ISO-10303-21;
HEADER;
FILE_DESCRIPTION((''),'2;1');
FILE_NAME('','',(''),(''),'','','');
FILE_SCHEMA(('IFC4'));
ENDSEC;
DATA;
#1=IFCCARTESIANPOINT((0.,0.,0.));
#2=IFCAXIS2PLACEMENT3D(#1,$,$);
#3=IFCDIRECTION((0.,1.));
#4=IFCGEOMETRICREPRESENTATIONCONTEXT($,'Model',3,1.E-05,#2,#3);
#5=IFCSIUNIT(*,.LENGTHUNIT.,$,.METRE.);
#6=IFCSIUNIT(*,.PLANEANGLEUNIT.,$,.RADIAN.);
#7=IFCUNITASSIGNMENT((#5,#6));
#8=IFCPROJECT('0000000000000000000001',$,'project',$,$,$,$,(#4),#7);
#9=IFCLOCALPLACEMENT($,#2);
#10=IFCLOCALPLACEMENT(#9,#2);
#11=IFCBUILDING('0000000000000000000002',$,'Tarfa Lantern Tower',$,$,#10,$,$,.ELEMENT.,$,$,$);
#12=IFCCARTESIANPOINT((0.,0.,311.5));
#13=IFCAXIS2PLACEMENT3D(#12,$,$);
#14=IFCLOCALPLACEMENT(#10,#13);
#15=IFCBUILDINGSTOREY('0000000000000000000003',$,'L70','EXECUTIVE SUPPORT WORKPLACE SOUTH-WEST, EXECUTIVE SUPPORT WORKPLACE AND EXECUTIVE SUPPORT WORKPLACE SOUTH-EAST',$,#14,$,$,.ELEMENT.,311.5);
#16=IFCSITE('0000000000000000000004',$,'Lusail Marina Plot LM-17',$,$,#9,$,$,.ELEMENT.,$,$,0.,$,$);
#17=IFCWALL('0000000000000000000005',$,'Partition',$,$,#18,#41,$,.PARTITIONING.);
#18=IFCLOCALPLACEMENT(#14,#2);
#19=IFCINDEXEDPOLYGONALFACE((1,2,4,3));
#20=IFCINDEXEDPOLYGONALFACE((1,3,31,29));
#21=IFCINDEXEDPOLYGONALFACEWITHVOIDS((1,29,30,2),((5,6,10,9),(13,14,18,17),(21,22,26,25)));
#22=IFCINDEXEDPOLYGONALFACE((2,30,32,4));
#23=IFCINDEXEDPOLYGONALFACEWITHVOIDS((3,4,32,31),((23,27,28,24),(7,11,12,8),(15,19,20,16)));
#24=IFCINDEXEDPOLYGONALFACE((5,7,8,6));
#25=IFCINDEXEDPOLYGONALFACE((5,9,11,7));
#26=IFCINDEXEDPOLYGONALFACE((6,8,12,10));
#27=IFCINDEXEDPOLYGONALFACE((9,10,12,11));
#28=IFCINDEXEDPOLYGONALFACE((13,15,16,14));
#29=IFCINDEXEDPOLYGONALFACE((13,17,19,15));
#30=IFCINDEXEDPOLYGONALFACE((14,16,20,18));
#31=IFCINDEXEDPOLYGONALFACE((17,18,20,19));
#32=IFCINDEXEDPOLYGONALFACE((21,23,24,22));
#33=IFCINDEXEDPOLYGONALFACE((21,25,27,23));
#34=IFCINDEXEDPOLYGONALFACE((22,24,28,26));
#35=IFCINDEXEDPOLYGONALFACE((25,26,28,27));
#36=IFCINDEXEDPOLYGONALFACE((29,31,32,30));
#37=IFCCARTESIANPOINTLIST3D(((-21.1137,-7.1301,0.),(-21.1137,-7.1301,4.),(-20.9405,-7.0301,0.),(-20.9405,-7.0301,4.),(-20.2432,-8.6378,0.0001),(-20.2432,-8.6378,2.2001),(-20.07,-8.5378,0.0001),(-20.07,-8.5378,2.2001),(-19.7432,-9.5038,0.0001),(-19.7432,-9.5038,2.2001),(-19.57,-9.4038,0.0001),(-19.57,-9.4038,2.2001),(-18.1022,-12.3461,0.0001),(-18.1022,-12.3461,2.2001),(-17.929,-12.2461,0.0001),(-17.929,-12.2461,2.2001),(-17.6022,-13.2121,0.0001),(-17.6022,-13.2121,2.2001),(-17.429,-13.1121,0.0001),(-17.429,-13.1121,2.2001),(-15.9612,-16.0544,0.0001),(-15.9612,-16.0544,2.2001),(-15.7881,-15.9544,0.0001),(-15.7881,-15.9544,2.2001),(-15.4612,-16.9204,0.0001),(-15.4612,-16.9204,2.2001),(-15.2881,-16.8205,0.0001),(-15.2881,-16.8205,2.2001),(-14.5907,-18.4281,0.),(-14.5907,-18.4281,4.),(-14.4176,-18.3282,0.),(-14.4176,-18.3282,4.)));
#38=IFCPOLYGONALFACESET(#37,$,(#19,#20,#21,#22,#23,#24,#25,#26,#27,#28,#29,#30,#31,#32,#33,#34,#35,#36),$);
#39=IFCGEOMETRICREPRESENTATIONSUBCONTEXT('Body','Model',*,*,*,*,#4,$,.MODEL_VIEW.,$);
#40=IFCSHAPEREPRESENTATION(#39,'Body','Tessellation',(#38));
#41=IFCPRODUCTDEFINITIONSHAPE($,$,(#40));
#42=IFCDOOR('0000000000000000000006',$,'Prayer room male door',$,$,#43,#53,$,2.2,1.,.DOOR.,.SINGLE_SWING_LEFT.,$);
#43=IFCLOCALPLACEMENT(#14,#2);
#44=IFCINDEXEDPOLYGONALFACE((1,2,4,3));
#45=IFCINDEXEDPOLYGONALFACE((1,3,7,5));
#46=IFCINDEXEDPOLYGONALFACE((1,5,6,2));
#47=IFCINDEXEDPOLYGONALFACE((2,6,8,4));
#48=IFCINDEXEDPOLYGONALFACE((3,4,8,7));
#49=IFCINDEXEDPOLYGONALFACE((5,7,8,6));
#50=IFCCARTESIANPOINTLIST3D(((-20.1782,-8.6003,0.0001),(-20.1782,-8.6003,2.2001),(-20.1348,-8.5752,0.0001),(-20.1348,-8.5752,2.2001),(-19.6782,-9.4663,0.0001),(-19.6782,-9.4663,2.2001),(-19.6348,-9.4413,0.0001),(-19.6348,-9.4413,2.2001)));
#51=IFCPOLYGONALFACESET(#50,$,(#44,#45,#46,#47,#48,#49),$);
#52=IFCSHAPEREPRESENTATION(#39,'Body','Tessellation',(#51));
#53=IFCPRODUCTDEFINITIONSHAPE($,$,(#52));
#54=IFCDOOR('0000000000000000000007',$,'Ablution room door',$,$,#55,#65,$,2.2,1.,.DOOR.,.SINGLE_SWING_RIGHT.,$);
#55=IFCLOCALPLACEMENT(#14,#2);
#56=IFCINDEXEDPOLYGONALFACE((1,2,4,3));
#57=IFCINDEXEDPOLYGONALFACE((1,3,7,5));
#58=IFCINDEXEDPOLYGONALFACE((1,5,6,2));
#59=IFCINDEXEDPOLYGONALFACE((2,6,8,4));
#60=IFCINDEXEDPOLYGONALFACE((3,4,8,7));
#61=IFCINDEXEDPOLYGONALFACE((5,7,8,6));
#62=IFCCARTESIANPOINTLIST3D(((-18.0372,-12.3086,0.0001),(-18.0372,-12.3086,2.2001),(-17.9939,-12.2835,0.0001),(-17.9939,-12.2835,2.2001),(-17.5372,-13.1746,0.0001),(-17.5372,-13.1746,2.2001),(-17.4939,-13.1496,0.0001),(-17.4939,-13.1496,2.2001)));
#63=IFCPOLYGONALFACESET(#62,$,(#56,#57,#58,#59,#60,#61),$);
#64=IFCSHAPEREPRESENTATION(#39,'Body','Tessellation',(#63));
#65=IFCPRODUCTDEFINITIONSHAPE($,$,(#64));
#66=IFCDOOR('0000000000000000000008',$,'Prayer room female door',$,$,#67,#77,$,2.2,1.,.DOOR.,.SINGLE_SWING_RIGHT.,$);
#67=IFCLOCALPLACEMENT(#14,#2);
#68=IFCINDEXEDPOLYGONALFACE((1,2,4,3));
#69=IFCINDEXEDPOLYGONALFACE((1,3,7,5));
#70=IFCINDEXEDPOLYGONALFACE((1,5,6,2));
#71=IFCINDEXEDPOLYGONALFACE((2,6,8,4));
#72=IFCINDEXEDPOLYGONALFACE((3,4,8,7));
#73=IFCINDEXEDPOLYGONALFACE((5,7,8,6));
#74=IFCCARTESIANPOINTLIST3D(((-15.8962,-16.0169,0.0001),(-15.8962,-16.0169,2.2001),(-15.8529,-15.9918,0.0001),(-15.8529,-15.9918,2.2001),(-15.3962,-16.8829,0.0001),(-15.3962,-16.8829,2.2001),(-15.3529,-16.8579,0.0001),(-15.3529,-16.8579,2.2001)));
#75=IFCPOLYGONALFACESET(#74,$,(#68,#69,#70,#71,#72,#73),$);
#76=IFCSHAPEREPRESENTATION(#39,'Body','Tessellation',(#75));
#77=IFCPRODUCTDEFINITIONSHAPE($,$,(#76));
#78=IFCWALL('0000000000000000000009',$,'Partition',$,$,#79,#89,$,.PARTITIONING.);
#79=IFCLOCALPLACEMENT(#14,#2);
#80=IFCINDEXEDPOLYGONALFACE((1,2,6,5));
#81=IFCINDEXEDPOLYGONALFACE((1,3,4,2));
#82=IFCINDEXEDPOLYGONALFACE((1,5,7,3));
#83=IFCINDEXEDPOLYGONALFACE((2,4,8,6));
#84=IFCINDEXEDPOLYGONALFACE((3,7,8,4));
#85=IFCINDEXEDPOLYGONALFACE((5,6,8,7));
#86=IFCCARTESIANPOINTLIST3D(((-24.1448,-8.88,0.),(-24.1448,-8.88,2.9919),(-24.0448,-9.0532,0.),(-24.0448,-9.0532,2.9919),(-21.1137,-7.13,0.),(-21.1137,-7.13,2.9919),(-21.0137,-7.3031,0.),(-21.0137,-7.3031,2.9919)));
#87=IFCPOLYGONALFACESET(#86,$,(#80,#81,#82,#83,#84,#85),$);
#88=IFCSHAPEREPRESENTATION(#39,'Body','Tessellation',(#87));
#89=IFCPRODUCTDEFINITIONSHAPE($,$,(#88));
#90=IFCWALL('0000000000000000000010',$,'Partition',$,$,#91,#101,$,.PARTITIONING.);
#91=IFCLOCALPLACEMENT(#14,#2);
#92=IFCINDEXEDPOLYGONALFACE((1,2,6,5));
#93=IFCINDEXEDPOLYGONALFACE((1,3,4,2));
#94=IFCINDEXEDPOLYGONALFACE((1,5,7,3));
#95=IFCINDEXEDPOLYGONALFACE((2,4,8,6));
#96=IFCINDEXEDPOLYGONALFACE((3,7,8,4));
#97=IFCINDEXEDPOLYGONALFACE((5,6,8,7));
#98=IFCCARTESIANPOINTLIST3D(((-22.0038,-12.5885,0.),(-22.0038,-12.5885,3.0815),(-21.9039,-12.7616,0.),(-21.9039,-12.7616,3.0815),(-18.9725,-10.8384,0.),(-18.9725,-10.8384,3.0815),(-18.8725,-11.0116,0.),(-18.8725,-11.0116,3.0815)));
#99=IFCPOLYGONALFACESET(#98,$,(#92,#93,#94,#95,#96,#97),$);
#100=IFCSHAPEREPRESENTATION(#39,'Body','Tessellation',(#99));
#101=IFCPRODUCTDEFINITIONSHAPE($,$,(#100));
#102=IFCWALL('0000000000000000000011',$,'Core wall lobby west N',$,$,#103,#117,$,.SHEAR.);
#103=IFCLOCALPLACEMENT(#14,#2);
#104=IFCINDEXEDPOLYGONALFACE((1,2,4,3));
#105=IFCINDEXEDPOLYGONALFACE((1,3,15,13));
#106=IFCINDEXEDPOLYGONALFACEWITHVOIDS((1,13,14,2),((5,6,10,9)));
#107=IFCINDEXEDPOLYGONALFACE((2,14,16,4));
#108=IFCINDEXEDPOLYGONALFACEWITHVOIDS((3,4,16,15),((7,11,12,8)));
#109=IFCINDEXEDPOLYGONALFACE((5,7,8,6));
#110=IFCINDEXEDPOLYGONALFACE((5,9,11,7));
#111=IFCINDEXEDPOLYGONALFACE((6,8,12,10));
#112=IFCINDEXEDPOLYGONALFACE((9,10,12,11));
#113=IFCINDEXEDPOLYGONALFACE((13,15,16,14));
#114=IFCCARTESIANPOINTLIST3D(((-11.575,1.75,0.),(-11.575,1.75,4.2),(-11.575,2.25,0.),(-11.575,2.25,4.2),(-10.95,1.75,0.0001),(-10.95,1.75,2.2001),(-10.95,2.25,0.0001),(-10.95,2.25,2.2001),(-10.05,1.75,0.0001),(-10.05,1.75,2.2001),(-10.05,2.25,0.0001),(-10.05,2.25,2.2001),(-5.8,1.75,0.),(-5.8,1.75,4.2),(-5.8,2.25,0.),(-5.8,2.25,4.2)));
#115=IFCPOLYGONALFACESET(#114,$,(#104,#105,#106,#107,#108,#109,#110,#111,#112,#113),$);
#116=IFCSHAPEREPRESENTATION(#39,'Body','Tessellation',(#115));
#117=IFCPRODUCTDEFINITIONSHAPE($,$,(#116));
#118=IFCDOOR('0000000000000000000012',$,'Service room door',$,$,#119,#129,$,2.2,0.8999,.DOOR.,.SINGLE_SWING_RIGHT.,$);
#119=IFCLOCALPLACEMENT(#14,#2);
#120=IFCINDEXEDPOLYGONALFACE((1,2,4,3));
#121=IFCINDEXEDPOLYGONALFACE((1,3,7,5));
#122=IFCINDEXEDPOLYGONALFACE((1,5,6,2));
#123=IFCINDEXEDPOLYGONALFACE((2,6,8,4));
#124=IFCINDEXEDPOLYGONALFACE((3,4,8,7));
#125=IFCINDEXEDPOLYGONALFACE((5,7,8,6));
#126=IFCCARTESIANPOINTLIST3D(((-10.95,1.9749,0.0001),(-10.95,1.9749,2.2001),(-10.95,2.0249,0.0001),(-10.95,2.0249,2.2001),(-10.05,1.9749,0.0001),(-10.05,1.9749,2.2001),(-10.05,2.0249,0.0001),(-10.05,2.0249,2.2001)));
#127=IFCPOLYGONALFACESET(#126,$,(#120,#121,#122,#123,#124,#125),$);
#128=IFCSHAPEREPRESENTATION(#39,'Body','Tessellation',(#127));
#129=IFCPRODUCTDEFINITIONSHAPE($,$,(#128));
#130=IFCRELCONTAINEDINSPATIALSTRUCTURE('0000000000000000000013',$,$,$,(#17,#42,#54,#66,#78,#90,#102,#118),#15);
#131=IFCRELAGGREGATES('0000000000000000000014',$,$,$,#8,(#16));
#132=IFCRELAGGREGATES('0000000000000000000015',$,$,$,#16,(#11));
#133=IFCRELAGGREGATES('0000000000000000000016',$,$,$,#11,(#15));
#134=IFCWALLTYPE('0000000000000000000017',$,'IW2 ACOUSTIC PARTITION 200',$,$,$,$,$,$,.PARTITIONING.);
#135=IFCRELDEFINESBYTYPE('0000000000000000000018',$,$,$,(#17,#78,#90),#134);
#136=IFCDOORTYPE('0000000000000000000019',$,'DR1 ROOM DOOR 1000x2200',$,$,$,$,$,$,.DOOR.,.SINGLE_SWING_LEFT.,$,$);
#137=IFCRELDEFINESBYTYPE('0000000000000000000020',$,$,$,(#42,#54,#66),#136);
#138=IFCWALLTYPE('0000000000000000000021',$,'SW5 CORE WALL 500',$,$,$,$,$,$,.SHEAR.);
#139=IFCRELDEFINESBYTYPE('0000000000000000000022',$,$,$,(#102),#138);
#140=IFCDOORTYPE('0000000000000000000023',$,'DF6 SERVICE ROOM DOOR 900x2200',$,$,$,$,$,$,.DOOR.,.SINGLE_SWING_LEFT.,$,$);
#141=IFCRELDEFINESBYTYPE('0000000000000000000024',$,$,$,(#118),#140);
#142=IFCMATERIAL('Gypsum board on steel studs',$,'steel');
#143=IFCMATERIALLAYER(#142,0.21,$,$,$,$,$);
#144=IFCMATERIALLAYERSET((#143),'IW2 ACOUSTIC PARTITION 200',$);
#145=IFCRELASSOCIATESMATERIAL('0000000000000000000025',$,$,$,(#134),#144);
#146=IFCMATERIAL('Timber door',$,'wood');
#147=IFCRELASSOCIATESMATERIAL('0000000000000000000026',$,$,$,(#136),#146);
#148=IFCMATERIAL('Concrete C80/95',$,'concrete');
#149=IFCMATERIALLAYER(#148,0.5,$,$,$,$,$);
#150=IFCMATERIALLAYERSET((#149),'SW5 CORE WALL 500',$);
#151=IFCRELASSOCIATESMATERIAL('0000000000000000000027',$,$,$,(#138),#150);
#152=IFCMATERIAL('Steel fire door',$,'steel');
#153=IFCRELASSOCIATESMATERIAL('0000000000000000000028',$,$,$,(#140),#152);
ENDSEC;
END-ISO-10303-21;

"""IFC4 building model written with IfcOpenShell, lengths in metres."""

from ifc_helpers import new_model, si_unit, direction, frame, frame_2d, origin, place, context, subcontext, project, spatial, rectangle, extrude, material, layer, layer_set, type_object, element, fill, save


model = new_model("IFC4")

# Units and contexts
model_context = context("Model", 3, precision=1e-05, world=origin(), true_north=direction((0.0, 1.0)))
body_context = subcontext(model_context, "Body", "Model", "MODEL_VIEW")
ifc_project = project(units=[si_unit("LENGTHUNIT", "METRE"), si_unit("PLANEANGLEUNIT", "RADIAN")], contexts=[model_context])

# Site, building, storey
site_placement = place(None, origin())
site = spatial("IfcSite", under=ifc_project, at=site_placement, Name="Lusail Marina Plot LM-17", CompositionType="ELEMENT", RefElevation=0.0)
building_placement = place(site_placement, origin())
building = spatial("IfcBuilding", under=site, at=building_placement, Name="Tarfa Lantern Tower", CompositionType="ELEMENT")
storey_placement = place(building_placement, frame((0.0, 0.0, 311.5)))
storey = spatial("IfcBuildingStorey", under=building, at=storey_placement, Name="L70", Description="EXECUTIVE SUPPORT WORKPLACE SOUTH-WEST, EXECUTIVE SUPPORT WORKPLACE AND EXECUTIVE SUPPORT WORKPLACE SOUTH-EAST", CompositionType="ELEMENT", Elevation=311.5)

# Shared definitions
ifc_material_1 = material(Name="Concrete C80/95", Category="concrete")

# Wall, openings, doors
ifc_material_2 = material(Name="Gypsum board on steel studs", Category="steel")
ifc_layer_1 = layer(ifc_material_2, 0.21)
ifc_layer_set_1 = layer_set([ifc_layer_1], Name="IW2 ACOUSTIC PARTITION 200")
wall_type_1 = type_object("IfcWallType", Name="IW2 ACOUSTIC PARTITION 200", PredefinedType="PARTITIONING", material=ifc_layer_set_1)
wall_1_placement = place(storey_placement, frame((-21.0271, -7.0801, 0.0), z_axis=(0.0, 0.0, 1.0), x_axis=(0.499999, -0.866026, 0.0)))
wall_1 = element("IfcWall", 1, at=wall_1_placement, inside=storey, type_object=wall_type_1, Name="Partition", PredefinedType="PARTITIONING", context=body_context, shape_type="SweptSolid", body=[
    extrude(rectangle(XDim=13.0459, YDim=0.2, at=frame_2d((6.5229, 0.0))), origin(), (0.0, 0.0, 1.0), 4.0),
])
opening_1_placement = place(wall_1_placement, frame((1.741, 0.0, 0.0)))
opening_1 = element("IfcOpeningElement", 2, at=opening_1_placement, cuts=wall_1, PredefinedType="OPENING", context=body_context, shape_type="SweptSolid", body=[
    extrude(rectangle(XDim=1.0, YDim=2.2, at=frame_2d((0.5, 1.1001))), frame((0.0, 0.1099, 0.0), z_axis=(0.0, -1.0, 0.0), x_axis=(1.0, 0.0, 0.0)), (0.0, 0.0, 1.0), 0.22),
])
opening_2_placement = place(wall_1_placement, frame((6.0229, 0.0, 0.0)))
opening_2 = element("IfcOpeningElement", 3, at=opening_2_placement, cuts=wall_1, PredefinedType="OPENING", context=body_context, shape_type="SweptSolid", body=[
    extrude(rectangle(XDim=1.0, YDim=2.2, at=frame_2d((0.5, 1.1001))), frame((0.0, 0.1099, 0.0), z_axis=(0.0, -1.0, 0.0), x_axis=(1.0, 0.0, 0.0)), (0.0, 0.0, 1.0), 0.22),
])
opening_3_placement = place(wall_1_placement, frame((10.3049, 0.0, 0.0)))
opening_3 = element("IfcOpeningElement", 4, at=opening_3_placement, cuts=wall_1, PredefinedType="OPENING", context=body_context, shape_type="SweptSolid", body=[
    extrude(rectangle(XDim=1.0, YDim=2.2, at=frame_2d((0.5, 1.1001))), frame((0.0, 0.1099, 0.0), z_axis=(0.0, -1.0, 0.0), x_axis=(1.0, 0.0, 0.0)), (0.0, 0.0, 1.0), 0.22),
])
ifc_material_3 = material(Name="Timber door", Category="wood")
door_type_1 = type_object("IfcDoorType", Name="DR1 ROOM DOOR 1000x2200", OperationType="SINGLE_SWING_LEFT", PredefinedType="DOOR", material=ifc_material_3)
door_1_placement = place(opening_1_placement, frame((1.0, 0.0, 0.0), z_axis=(0.0, 0.0, 1.0), x_axis=(-1.0, 0.0, 0.0)))
door_1 = element("IfcDoor", 5, at=door_1_placement, inside=storey, type_object=door_type_1, Name="Prayer room male door", OperationType="SINGLE_SWING_LEFT", OverallHeight=2.2, OverallWidth=1.0, PredefinedType="DOOR", context=body_context, shape_type="SweptSolid", body=[
    extrude(rectangle(XDim=1.0, YDim=2.2, at=frame_2d((0.5, 1.1001))), frame((0.0, 0.0249, 0.0), z_axis=(0.0, -1.0, 0.0), x_axis=(1.0, 0.0, 0.0)), (0.0, 0.0, 1.0), 0.05),
])
fill(opening_1, door_1)
door_2_placement = place(opening_2_placement, frame((1.0, 0.0, 0.0), z_axis=(0.0, 0.0, 1.0), x_axis=(-1.0, 0.0, 0.0)))
door_2 = element("IfcDoor", 6, at=door_2_placement, inside=storey, type_object=door_type_1, Name="Ablution room door", OperationType="SINGLE_SWING_RIGHT", OverallHeight=2.2, OverallWidth=1.0, PredefinedType="DOOR", context=body_context, shape_type="SweptSolid", body=[
    extrude(rectangle(XDim=1.0, YDim=2.2, at=frame_2d((0.5, 1.1001))), frame((0.0, 0.0249, 0.0), z_axis=(0.0, -1.0, 0.0), x_axis=(1.0, 0.0, 0.0)), (0.0, 0.0, 1.0), 0.05),
])
fill(opening_2, door_2)
door_3_placement = place(opening_3_placement, frame((1.0, 0.0, 0.0), z_axis=(0.0, 0.0, 1.0), x_axis=(-1.0, 0.0, 0.0)))
door_3 = element("IfcDoor", 7, at=door_3_placement, inside=storey, type_object=door_type_1, Name="Prayer room female door", OperationType="SINGLE_SWING_RIGHT", OverallHeight=2.2, OverallWidth=1.0, PredefinedType="DOOR", context=body_context, shape_type="SweptSolid", body=[
    extrude(rectangle(XDim=1.0, YDim=2.2, at=frame_2d((0.5, 1.1001))), frame((0.0, 0.0249, 0.0), z_axis=(0.0, -1.0, 0.0), x_axis=(1.0, 0.0, 0.0)), (0.0, 0.0, 1.0), 0.05),
])
fill(opening_3, door_3)

# Walls
wall_2_placement = place(storey_placement, frame((-21.0637, -7.2166, 0.0), z_axis=(0.0, 0.0, 1.0), x_axis=(-0.866019, -0.50001, 0.0)))
element("IfcWall", 8, at=wall_2_placement, inside=storey, type_object=wall_type_1, Name="Partition", PredefinedType="PARTITIONING", context=body_context, shape_type="SweptSolid", body=[
    extrude(rectangle(XDim=3.5, YDim=0.2, at=frame_2d((1.75, 0.0))), origin(), (0.0, 0.0, 1.0), 2.9919),
])
wall_3_placement = place(storey_placement, frame((-18.9226, -10.925, 0.0), z_axis=(0.0, 0.0, 1.0), x_axis=(-0.866037, -0.49998, 0.0)))
element("IfcWall", 9, at=wall_3_placement, inside=storey, type_object=wall_type_1, Name="Partition", PredefinedType="PARTITIONING", context=body_context, shape_type="SweptSolid", body=[
    extrude(rectangle(XDim=3.5002, YDim=0.2, at=frame_2d((1.75, 0.0))), origin(), (0.0, 0.0, 1.0), 3.0815),
])

# Wall, opening, door
ifc_layer_2 = layer(ifc_material_1, 0.5)
ifc_layer_set_2 = layer_set([ifc_layer_2], Name="SW5 CORE WALL 500")
wall_type_2 = type_object("IfcWallType", Name="SW5 CORE WALL 500", PredefinedType="SHEAR", material=ifc_layer_set_2)
wall_4_placement = place(storey_placement, frame((-11.575, 2.0, 0.0), z_axis=(0.0, 0.0, 1.0), x_axis=(1.0, 0.0, 0.0)))
wall_4 = element("IfcWall", 10, at=wall_4_placement, inside=storey, type_object=wall_type_2, Name="Core wall lobby west N", PredefinedType="SHEAR", context=body_context, shape_type="SweptSolid", body=[
    extrude(rectangle(XDim=5.7749, YDim=0.5, at=frame_2d((2.8875, 0.0))), origin(), (0.0, 0.0, 1.0), 4.2),
])
opening_4_placement = place(wall_4_placement, frame((0.625, 0.0, 0.0)))
opening_4 = element("IfcOpeningElement", 11, at=opening_4_placement, cuts=wall_4, PredefinedType="OPENING", context=body_context, shape_type="SweptSolid", body=[
    extrude(rectangle(XDim=0.8999, YDim=2.2, at=frame_2d((0.45, 1.1001))), frame((0.0, 0.26, 0.0), z_axis=(0.0, -1.0, 0.0), x_axis=(1.0, 0.0, 0.0)), (0.0, 0.0, 1.0), 0.52),
])
ifc_material_4 = material(Name="Steel fire door", Category="steel")
door_type_2 = type_object("IfcDoorType", Name="DF6 SERVICE ROOM DOOR 900x2200", OperationType="SINGLE_SWING_LEFT", PredefinedType="DOOR", material=ifc_material_4)
door_4_placement = place(opening_4_placement, origin())
door_4 = element("IfcDoor", 12, at=door_4_placement, inside=storey, type_object=door_type_2, Name="Service room door", OperationType="SINGLE_SWING_RIGHT", OverallHeight=2.2, OverallWidth=0.8999, PredefinedType="DOOR", context=body_context, shape_type="SweptSolid", body=[
    extrude(rectangle(XDim=0.8999, YDim=2.2, at=frame_2d((0.45, 1.1001))), frame((0.0, 0.0249, 0.0), z_axis=(0.0, -1.0, 0.0), x_axis=(1.0, 0.0, 0.0)), (0.0, 0.0, 1.0), 0.05),
])
fill(opening_4, door_4)

save(model, "model.ifc")
